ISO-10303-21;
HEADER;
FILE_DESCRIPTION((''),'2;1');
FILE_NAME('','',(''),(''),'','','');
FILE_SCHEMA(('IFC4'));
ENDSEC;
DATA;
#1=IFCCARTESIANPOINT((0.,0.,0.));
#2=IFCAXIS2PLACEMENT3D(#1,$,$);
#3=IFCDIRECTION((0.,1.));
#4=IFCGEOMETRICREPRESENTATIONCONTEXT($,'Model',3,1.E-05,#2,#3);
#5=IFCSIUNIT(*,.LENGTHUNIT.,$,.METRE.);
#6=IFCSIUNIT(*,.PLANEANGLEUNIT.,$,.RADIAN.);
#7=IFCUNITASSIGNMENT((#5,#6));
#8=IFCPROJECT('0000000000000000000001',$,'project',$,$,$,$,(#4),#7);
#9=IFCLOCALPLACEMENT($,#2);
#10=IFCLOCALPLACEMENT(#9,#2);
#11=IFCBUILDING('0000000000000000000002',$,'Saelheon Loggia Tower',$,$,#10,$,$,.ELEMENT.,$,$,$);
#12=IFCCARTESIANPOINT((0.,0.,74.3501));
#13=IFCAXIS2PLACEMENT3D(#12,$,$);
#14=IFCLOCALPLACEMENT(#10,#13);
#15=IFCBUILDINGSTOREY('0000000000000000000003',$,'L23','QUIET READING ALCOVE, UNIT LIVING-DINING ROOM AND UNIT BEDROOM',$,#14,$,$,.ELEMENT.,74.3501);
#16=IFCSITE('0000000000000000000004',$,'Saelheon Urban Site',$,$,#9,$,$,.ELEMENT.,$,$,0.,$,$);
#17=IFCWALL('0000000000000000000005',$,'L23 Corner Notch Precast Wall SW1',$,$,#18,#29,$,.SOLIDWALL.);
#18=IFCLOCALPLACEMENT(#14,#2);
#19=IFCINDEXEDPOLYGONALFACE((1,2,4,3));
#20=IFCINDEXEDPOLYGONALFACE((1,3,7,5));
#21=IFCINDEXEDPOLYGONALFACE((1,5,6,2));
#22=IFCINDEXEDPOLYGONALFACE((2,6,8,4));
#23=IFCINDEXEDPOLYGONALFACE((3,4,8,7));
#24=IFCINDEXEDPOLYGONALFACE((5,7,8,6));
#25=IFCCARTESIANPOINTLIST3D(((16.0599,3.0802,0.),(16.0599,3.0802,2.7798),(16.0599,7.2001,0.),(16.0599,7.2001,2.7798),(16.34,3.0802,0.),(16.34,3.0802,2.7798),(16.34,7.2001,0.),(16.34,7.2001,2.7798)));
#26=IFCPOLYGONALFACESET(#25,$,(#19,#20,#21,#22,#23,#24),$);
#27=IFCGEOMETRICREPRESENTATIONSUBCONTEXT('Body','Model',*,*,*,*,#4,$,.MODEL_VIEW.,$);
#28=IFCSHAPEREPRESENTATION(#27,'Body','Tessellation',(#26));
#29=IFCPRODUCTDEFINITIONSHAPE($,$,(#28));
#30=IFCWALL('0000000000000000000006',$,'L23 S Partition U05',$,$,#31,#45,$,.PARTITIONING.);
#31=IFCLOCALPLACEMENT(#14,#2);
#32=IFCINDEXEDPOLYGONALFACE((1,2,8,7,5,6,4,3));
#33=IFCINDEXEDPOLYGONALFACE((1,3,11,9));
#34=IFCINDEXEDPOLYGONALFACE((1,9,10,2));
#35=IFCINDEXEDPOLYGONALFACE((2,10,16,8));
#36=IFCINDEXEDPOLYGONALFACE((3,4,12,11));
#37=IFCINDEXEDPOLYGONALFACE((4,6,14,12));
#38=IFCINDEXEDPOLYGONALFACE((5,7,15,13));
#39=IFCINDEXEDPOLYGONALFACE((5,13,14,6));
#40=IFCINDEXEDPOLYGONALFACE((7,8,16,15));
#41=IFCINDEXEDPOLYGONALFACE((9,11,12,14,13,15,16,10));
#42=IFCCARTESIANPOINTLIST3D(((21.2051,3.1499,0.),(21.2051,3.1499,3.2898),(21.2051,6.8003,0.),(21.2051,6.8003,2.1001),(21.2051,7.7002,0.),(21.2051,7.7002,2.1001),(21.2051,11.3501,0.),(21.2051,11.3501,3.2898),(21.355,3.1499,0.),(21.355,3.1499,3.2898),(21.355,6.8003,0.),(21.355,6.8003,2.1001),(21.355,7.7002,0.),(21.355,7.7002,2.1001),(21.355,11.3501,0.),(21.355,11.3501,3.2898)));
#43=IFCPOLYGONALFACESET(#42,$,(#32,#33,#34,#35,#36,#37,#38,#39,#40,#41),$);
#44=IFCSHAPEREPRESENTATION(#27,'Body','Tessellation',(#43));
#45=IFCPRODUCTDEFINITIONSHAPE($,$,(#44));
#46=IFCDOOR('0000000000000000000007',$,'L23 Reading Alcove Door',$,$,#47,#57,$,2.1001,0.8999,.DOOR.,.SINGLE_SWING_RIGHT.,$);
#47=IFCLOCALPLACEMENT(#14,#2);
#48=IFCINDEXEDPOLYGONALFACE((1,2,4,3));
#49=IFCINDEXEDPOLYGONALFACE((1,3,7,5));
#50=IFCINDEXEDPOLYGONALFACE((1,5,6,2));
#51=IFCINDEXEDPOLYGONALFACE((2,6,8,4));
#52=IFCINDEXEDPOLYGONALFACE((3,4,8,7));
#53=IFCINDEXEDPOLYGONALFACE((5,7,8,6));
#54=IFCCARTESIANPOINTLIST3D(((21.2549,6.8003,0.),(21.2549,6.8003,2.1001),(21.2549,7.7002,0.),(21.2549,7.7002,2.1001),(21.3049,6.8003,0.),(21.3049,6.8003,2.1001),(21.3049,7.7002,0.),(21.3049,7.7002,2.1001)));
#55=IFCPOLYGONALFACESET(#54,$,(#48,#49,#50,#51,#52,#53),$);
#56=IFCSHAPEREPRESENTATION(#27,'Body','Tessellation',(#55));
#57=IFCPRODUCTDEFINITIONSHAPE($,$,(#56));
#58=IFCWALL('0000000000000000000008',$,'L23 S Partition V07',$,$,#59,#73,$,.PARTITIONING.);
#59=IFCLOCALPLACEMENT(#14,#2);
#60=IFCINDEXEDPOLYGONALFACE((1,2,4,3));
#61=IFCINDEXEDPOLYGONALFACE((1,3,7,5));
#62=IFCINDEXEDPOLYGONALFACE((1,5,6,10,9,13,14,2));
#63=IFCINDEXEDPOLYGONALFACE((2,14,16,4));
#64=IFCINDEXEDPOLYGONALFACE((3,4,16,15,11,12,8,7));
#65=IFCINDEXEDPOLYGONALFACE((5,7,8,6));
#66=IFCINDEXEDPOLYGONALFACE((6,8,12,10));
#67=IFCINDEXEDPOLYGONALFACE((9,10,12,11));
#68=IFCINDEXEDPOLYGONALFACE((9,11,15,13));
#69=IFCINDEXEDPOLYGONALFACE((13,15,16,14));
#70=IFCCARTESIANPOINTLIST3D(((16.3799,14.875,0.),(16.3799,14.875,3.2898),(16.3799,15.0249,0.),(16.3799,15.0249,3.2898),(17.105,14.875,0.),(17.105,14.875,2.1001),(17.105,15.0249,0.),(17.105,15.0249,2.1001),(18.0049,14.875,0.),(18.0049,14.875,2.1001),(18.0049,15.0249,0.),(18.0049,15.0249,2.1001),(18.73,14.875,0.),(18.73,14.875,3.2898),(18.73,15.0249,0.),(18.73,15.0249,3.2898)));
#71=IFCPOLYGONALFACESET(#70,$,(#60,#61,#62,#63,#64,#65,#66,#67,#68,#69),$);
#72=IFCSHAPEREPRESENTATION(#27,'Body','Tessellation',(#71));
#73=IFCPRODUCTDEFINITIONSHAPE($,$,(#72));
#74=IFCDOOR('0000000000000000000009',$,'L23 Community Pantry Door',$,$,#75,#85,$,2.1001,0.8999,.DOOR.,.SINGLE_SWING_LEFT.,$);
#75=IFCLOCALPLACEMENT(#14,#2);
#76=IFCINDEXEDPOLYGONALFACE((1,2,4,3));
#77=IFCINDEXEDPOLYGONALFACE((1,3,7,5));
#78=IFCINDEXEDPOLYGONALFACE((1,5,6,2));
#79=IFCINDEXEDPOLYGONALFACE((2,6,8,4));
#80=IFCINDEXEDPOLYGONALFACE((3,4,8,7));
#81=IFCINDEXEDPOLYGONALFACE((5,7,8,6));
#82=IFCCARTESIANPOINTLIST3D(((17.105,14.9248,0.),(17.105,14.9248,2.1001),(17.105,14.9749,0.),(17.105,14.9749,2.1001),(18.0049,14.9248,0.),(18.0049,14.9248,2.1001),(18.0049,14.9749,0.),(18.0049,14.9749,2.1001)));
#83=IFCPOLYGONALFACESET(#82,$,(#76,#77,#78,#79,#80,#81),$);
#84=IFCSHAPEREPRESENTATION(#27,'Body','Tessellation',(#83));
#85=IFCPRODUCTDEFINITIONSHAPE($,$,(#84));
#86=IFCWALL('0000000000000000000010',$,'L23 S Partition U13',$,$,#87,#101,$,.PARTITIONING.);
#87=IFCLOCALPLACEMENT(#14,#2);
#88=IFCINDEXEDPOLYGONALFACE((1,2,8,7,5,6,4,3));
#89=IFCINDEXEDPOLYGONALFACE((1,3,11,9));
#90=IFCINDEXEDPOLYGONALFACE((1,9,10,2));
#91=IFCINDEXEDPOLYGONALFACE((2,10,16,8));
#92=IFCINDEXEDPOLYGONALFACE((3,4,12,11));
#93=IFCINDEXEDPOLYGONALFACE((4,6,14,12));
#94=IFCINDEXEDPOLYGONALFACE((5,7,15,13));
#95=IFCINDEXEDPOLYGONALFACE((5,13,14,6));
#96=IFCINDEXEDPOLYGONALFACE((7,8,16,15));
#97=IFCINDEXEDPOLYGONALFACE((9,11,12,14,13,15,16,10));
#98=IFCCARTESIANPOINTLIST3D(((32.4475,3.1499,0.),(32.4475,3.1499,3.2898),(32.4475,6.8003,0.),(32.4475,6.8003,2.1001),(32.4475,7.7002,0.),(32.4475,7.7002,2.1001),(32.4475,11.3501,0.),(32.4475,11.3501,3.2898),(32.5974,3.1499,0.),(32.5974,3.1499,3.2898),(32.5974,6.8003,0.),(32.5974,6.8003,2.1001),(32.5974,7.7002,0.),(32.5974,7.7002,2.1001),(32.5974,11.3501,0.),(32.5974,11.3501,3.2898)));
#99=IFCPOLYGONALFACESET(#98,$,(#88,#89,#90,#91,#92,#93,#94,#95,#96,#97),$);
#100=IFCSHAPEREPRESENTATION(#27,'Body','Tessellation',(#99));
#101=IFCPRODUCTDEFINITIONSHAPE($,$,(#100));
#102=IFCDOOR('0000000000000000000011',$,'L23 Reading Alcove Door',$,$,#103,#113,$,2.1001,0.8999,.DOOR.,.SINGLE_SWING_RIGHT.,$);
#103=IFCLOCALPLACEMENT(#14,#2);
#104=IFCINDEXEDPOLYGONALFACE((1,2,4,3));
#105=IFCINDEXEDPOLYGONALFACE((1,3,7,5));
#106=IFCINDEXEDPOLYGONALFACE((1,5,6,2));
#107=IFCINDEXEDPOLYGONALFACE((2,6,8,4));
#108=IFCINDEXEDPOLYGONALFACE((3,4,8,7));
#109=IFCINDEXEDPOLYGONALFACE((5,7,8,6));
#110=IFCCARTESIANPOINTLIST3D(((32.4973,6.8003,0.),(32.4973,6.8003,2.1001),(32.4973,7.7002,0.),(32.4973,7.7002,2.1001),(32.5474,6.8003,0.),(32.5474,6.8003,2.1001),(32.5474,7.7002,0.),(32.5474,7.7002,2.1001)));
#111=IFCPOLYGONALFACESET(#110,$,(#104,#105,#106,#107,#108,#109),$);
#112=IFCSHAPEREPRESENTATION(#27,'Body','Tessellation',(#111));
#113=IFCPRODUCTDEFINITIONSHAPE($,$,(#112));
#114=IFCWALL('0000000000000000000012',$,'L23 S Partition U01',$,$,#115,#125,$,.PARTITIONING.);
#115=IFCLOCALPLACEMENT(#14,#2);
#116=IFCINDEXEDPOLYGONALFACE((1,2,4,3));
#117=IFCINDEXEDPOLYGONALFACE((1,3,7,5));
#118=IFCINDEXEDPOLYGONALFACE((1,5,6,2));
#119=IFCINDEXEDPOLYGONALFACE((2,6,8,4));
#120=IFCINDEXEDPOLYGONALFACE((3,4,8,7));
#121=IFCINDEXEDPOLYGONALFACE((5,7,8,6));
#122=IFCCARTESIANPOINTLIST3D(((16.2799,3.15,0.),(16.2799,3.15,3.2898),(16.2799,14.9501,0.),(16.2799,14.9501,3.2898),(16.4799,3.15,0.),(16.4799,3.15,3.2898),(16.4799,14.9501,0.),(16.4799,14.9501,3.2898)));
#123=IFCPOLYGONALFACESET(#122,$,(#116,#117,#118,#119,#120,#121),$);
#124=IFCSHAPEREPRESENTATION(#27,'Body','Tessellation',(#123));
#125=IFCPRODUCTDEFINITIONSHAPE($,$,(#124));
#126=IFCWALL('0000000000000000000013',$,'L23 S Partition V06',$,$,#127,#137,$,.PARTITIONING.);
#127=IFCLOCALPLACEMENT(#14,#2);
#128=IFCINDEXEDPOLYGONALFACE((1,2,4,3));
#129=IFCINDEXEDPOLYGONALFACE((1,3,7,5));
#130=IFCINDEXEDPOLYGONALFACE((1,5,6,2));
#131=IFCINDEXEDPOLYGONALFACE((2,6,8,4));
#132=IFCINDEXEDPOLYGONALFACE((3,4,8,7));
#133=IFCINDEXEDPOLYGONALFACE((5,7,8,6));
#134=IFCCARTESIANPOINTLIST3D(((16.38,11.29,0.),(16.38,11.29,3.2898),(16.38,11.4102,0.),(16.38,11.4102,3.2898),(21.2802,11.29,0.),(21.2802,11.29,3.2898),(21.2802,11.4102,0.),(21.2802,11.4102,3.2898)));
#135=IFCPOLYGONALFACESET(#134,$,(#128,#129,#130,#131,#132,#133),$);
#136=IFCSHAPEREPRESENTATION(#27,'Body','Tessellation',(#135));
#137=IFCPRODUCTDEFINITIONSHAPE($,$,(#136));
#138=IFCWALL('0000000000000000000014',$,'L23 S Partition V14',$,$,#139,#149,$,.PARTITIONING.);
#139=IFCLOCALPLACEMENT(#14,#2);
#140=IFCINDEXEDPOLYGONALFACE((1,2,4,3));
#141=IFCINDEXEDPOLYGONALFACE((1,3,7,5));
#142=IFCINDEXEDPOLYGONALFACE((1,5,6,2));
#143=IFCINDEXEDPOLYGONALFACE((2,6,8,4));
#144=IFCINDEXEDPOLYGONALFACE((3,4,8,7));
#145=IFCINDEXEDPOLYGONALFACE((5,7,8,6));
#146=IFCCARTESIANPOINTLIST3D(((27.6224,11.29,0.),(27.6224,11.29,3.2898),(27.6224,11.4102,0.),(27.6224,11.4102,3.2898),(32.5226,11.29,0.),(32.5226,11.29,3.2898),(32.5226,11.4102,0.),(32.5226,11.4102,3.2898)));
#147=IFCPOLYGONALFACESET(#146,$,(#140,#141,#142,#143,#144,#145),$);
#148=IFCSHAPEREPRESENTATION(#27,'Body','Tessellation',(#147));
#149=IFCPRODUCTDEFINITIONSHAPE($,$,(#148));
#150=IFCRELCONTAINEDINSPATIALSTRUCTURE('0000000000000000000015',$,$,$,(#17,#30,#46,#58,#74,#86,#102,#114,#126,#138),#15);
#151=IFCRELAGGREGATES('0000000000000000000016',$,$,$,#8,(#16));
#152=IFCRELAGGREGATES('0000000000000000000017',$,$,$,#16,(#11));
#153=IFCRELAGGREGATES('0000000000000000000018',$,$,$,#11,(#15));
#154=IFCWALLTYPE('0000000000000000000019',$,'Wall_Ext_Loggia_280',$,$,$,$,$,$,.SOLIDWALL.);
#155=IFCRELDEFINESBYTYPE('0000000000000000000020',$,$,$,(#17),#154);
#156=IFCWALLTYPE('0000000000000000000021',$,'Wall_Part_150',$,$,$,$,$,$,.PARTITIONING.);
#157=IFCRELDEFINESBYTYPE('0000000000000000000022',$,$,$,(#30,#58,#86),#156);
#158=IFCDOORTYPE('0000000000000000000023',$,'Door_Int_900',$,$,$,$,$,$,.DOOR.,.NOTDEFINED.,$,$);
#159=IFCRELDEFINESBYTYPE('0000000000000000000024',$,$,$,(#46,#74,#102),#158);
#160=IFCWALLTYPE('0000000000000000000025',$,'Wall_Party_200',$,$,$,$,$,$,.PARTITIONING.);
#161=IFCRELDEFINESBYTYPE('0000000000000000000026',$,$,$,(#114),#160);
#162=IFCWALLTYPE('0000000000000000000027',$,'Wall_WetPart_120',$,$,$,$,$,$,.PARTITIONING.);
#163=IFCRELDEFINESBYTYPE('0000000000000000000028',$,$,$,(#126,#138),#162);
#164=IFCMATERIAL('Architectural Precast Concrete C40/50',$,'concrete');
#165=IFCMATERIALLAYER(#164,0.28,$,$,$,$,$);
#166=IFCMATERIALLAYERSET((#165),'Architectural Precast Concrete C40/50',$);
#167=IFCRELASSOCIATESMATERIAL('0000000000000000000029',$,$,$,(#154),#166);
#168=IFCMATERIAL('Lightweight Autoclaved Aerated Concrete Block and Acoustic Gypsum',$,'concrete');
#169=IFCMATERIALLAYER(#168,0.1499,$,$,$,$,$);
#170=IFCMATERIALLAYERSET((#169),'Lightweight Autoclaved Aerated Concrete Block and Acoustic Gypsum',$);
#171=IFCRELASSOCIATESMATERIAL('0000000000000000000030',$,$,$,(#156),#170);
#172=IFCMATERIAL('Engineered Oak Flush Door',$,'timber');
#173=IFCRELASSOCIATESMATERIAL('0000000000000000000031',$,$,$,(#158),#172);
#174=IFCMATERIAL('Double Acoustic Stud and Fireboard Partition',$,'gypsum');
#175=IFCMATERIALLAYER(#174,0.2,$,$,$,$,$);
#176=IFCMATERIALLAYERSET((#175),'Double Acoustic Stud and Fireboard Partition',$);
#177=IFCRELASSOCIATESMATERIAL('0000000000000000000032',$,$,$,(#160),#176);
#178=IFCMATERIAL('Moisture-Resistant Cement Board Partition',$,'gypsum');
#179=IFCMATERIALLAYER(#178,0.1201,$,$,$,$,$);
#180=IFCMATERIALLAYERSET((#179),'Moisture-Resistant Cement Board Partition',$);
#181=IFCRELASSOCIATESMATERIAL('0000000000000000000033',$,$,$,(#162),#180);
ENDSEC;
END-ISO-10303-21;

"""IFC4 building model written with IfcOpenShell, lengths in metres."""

from ifc_helpers import new_model, si_unit, direction, frame, frame_2d, origin, place, context, subcontext, project, spatial, rectangle, extrude, source, transform, mapped, material, layer, layer_set, type_object, element, fill, save


model = new_model("IFC4")

# Units and contexts
model_context = context("Model", 3, precision=1e-05, world=origin(), true_north=direction((0.0, 1.0)))
body_context = subcontext(model_context, "Body", "Model", "MODEL_VIEW")
ifc_project = project(units=[si_unit("LENGTHUNIT", "METRE"), si_unit("PLANEANGLEUNIT", "RADIAN")], contexts=[model_context])

# Site, building, storey
site_placement = place(None, origin())
site = spatial("IfcSite", under=ifc_project, at=site_placement, Name="Saelheon Urban Site", CompositionType="ELEMENT", RefElevation=0.0)
building_placement = place(site_placement, origin())
building = spatial("IfcBuilding", under=site, at=building_placement, Name="Saelheon Loggia Tower", CompositionType="ELEMENT")
storey_placement = place(building_placement, frame((0.0, 0.0, 74.3501)))
storey = spatial("IfcBuildingStorey", under=building, at=storey_placement, Name="L23", Description="QUIET READING ALCOVE, UNIT LIVING-DINING ROOM AND UNIT BEDROOM", CompositionType="ELEMENT", Elevation=74.3501)

# Shared definitions
ifc_material_1 = material(Name="Architectural Precast Concrete C40/50", Category="concrete")
ifc_layer_1 = layer(ifc_material_1, 0.28)
ifc_layer_set_1 = layer_set([ifc_layer_1], Name="Architectural Precast Concrete C40/50")
wall_type_1 = type_object("IfcWallType", Name="Wall_Ext_Loggia_280", PredefinedType="SOLIDWALL", material=ifc_layer_set_1)

# Wall
wall_1_placement = place(storey_placement, frame((16.2, 3.0801, 0.0), z_axis=(0.0, 0.0, 1.0), x_axis=(0.0, 1.0, 0.0)))
element("IfcWall", 1, at=wall_1_placement, inside=storey, type_object=wall_type_1, Name="L23 Corner Notch Precast Wall SW1", PredefinedType="SOLIDWALL", context=body_context, shape_type="SweptSolid", body=[
    extrude(rectangle(XDim=4.1199, YDim=0.28, at=frame_2d((2.0601, 0.0))), origin(), (0.0, 0.0, 1.0), 2.7798),
])

# Walls, openings, doors
ifc_material_2 = material(Name="Lightweight Autoclaved Aerated Concrete Block and Acoustic Gypsum", Category="concrete")
ifc_layer_2 = layer(ifc_material_2, 0.1499)
ifc_layer_set_2 = layer_set([ifc_layer_2], Name="Lightweight Autoclaved Aerated Concrete Block and Acoustic Gypsum")
wall_type_2 = type_object("IfcWallType", Name="Wall_Part_150", PredefinedType="PARTITIONING", material=ifc_layer_set_2)
wall_2_placement = place(storey_placement, frame((21.28, 11.3501, 0.0), z_axis=(0.0, 0.0, 1.0), x_axis=(0.0, -1.0, 0.0)))
wall_2 = element("IfcWall", 2, at=wall_2_placement, inside=storey, type_object=wall_type_2, Name="L23 S Partition U05", PredefinedType="PARTITIONING", context=body_context, shape_type="SweptSolid", body=[
    extrude(rectangle(XDim=8.2002, YDim=0.1499, at=frame_2d((4.1001, 0.0))), origin(), (0.0, 0.0, 1.0), 3.2898),
])
opening_1_placement = place(wall_2_placement, frame((3.6499, 0.0, 0.0)))
opening_1 = element("IfcOpeningElement", 3, at=opening_1_placement, cuts=wall_2, PredefinedType="OPENING", context=body_context, shape_type="SweptSolid", body=[
    extrude(rectangle(XDim=0.8999, YDim=2.1001, at=frame_2d((0.45, 1.05))), frame((0.0, 0.0869, 0.0), z_axis=(0.0, -1.0, 0.0), x_axis=(1.0, 0.0, 0.0)), (0.0, 0.0, 1.0), 0.1738),
])
ifc_material_3 = material(Name="Engineered Oak Flush Door", Category="timber")
door_type_1 = type_object("IfcDoorType", Name="Door_Int_900", OperationType="NOTDEFINED", PredefinedType="DOOR", material=ifc_material_3)
shared_shape_1 = source(origin(), body_context, "Body", "SweptSolid", [
    extrude(rectangle(XDim=0.8999, YDim=2.1001, at=frame_2d((0.45, 1.05))), frame((0.0, 0.0249, 0.0), z_axis=(0.0, -1.0, 0.0), x_axis=(1.0, 0.0, 0.0)), (0.0, 0.0, 1.0), 0.05),
])
door_1_placement = place(opening_1_placement, origin())
door_1 = element("IfcDoor", 4, at=door_1_placement, inside=storey, type_object=door_type_1, Name="L23 Reading Alcove Door", OperationType="SINGLE_SWING_RIGHT", OverallHeight=2.1001, OverallWidth=0.8999, PredefinedType="DOOR", context=body_context, shape_type="MappedRepresentation", body=[
    mapped(shared_shape_1, transform((0.0, 0.0, 0.0), scale=1.0)),
])
fill(opening_1, door_1)
wall_3_placement = place(storey_placement, frame((16.3799, 14.95, 0.0), z_axis=(0.0, 0.0, 1.0), x_axis=(1.0, 0.0, 0.0)))
wall_3 = element("IfcWall", 5, at=wall_3_placement, inside=storey, type_object=wall_type_2, Name="L23 S Partition V07", PredefinedType="PARTITIONING", context=body_context, shape_type="SweptSolid", body=[
    extrude(rectangle(XDim=2.3501, YDim=0.1499, at=frame_2d((1.175, 0.0))), origin(), (0.0, 0.0, 1.0), 3.2898),
])
opening_2_placement = place(wall_3_placement, frame((0.7251, 0.0, 0.0)))
opening_2 = element("IfcOpeningElement", 6, at=opening_2_placement, cuts=wall_3, PredefinedType="OPENING", context=body_context, shape_type="SweptSolid", body=[
    extrude(rectangle(XDim=0.8999, YDim=2.1001, at=frame_2d((0.45, 1.05))), frame((0.0, 0.0869, 0.0), z_axis=(0.0, -1.0, 0.0), x_axis=(1.0, 0.0, 0.0)), (0.0, 0.0, 1.0), 0.1738),
])
door_2_placement = place(opening_2_placement, origin())
door_2 = element("IfcDoor", 7, at=door_2_placement, inside=storey, type_object=door_type_1, Name="L23 Community Pantry Door", OperationType="SINGLE_SWING_LEFT", OverallHeight=2.1001, OverallWidth=0.8999, PredefinedType="DOOR", context=body_context, shape_type="MappedRepresentation", body=[
    mapped(shared_shape_1, transform((0.0, 0.0, 0.0), scale=1.0)),
])
fill(opening_2, door_2)
wall_4_placement = place(storey_placement, frame((32.5225, 11.3501, 0.0), z_axis=(0.0, 0.0, 1.0), x_axis=(0.0, -1.0, 0.0)))
wall_4 = element("IfcWall", 8, at=wall_4_placement, inside=storey, type_object=wall_type_2, Name="L23 S Partition U13", PredefinedType="PARTITIONING", context=body_context, shape_type="SweptSolid", body=[
    extrude(rectangle(XDim=8.2002, YDim=0.1499, at=frame_2d((4.1001, 0.0))), origin(), (0.0, 0.0, 1.0), 3.2898),
])
opening_3_placement = place(wall_4_placement, frame((3.6499, 0.0, 0.0)))
opening_3 = element("IfcOpeningElement", 9, at=opening_3_placement, cuts=wall_4, PredefinedType="OPENING", context=body_context, shape_type="SweptSolid", body=[
    extrude(rectangle(XDim=0.8999, YDim=2.1001, at=frame_2d((0.45, 1.05))), frame((0.0, 0.0869, 0.0), z_axis=(0.0, -1.0, 0.0), x_axis=(1.0, 0.0, 0.0)), (0.0, 0.0, 1.0), 0.1738),
])
door_3_placement = place(opening_3_placement, origin())
door_3 = element("IfcDoor", 10, at=door_3_placement, inside=storey, type_object=door_type_1, Name="L23 Reading Alcove Door", OperationType="SINGLE_SWING_RIGHT", OverallHeight=2.1001, OverallWidth=0.8999, PredefinedType="DOOR", context=body_context, shape_type="MappedRepresentation", body=[
    mapped(shared_shape_1, transform((0.0, 0.0, 0.0), scale=1.0)),
])
fill(opening_3, door_3)

# Walls
ifc_material_4 = material(Name="Double Acoustic Stud and Fireboard Partition", Category="gypsum")
ifc_layer_3 = layer(ifc_material_4, 0.2)
ifc_layer_set_3 = layer_set([ifc_layer_3], Name="Double Acoustic Stud and Fireboard Partition")
wall_type_3 = type_object("IfcWallType", Name="Wall_Party_200", PredefinedType="PARTITIONING", material=ifc_layer_set_3)
wall_5_placement = place(storey_placement, frame((16.3799, 14.95, 0.0), z_axis=(0.0, 0.0, 1.0), x_axis=(0.0, -1.0, 0.0)))
element("IfcWall", 11, at=wall_5_placement, inside=storey, type_object=wall_type_3, Name="L23 S Partition U01", PredefinedType="PARTITIONING", context=body_context, shape_type="SweptSolid", body=[
    extrude(rectangle(XDim=11.8, YDim=0.2, at=frame_2d((5.8999, 0.0))), origin(), (0.0, 0.0, 1.0), 3.2898),
])
ifc_material_5 = material(Name="Moisture-Resistant Cement Board Partition", Category="gypsum")
ifc_layer_4 = layer(ifc_material_5, 0.1201)
ifc_layer_set_4 = layer_set([ifc_layer_4], Name="Moisture-Resistant Cement Board Partition")
wall_type_4 = type_object("IfcWallType", Name="Wall_WetPart_120", PredefinedType="PARTITIONING", material=ifc_layer_set_4)
for number, where, z_axis, x_axis, name in (
    (12, (16.3799, 11.3501, 0.0), (0.0, 0.0, 1.0), (1.0, 0.0, 0.0), "L23 S Partition V06"),
    (13, (27.6223, 11.3501, 0.0), (0.0, 0.0, 1.0), (1.0, 0.0, 0.0), "L23 S Partition V14"),
):
    element("IfcWall", number, at=place(storey_placement, frame(where, z_axis=z_axis, x_axis=x_axis)), inside=storey, type_object=wall_type_4, Name=name, PredefinedType="PARTITIONING", context=body_context, shape_type="SweptSolid", body=[
        extrude(rectangle(XDim=4.9001, YDim=0.1201, at=frame_2d((2.4502, 0.0))), origin(), (0.0, 0.0, 1.0), 3.2898),
    ])

save(model, "model.ifc")
